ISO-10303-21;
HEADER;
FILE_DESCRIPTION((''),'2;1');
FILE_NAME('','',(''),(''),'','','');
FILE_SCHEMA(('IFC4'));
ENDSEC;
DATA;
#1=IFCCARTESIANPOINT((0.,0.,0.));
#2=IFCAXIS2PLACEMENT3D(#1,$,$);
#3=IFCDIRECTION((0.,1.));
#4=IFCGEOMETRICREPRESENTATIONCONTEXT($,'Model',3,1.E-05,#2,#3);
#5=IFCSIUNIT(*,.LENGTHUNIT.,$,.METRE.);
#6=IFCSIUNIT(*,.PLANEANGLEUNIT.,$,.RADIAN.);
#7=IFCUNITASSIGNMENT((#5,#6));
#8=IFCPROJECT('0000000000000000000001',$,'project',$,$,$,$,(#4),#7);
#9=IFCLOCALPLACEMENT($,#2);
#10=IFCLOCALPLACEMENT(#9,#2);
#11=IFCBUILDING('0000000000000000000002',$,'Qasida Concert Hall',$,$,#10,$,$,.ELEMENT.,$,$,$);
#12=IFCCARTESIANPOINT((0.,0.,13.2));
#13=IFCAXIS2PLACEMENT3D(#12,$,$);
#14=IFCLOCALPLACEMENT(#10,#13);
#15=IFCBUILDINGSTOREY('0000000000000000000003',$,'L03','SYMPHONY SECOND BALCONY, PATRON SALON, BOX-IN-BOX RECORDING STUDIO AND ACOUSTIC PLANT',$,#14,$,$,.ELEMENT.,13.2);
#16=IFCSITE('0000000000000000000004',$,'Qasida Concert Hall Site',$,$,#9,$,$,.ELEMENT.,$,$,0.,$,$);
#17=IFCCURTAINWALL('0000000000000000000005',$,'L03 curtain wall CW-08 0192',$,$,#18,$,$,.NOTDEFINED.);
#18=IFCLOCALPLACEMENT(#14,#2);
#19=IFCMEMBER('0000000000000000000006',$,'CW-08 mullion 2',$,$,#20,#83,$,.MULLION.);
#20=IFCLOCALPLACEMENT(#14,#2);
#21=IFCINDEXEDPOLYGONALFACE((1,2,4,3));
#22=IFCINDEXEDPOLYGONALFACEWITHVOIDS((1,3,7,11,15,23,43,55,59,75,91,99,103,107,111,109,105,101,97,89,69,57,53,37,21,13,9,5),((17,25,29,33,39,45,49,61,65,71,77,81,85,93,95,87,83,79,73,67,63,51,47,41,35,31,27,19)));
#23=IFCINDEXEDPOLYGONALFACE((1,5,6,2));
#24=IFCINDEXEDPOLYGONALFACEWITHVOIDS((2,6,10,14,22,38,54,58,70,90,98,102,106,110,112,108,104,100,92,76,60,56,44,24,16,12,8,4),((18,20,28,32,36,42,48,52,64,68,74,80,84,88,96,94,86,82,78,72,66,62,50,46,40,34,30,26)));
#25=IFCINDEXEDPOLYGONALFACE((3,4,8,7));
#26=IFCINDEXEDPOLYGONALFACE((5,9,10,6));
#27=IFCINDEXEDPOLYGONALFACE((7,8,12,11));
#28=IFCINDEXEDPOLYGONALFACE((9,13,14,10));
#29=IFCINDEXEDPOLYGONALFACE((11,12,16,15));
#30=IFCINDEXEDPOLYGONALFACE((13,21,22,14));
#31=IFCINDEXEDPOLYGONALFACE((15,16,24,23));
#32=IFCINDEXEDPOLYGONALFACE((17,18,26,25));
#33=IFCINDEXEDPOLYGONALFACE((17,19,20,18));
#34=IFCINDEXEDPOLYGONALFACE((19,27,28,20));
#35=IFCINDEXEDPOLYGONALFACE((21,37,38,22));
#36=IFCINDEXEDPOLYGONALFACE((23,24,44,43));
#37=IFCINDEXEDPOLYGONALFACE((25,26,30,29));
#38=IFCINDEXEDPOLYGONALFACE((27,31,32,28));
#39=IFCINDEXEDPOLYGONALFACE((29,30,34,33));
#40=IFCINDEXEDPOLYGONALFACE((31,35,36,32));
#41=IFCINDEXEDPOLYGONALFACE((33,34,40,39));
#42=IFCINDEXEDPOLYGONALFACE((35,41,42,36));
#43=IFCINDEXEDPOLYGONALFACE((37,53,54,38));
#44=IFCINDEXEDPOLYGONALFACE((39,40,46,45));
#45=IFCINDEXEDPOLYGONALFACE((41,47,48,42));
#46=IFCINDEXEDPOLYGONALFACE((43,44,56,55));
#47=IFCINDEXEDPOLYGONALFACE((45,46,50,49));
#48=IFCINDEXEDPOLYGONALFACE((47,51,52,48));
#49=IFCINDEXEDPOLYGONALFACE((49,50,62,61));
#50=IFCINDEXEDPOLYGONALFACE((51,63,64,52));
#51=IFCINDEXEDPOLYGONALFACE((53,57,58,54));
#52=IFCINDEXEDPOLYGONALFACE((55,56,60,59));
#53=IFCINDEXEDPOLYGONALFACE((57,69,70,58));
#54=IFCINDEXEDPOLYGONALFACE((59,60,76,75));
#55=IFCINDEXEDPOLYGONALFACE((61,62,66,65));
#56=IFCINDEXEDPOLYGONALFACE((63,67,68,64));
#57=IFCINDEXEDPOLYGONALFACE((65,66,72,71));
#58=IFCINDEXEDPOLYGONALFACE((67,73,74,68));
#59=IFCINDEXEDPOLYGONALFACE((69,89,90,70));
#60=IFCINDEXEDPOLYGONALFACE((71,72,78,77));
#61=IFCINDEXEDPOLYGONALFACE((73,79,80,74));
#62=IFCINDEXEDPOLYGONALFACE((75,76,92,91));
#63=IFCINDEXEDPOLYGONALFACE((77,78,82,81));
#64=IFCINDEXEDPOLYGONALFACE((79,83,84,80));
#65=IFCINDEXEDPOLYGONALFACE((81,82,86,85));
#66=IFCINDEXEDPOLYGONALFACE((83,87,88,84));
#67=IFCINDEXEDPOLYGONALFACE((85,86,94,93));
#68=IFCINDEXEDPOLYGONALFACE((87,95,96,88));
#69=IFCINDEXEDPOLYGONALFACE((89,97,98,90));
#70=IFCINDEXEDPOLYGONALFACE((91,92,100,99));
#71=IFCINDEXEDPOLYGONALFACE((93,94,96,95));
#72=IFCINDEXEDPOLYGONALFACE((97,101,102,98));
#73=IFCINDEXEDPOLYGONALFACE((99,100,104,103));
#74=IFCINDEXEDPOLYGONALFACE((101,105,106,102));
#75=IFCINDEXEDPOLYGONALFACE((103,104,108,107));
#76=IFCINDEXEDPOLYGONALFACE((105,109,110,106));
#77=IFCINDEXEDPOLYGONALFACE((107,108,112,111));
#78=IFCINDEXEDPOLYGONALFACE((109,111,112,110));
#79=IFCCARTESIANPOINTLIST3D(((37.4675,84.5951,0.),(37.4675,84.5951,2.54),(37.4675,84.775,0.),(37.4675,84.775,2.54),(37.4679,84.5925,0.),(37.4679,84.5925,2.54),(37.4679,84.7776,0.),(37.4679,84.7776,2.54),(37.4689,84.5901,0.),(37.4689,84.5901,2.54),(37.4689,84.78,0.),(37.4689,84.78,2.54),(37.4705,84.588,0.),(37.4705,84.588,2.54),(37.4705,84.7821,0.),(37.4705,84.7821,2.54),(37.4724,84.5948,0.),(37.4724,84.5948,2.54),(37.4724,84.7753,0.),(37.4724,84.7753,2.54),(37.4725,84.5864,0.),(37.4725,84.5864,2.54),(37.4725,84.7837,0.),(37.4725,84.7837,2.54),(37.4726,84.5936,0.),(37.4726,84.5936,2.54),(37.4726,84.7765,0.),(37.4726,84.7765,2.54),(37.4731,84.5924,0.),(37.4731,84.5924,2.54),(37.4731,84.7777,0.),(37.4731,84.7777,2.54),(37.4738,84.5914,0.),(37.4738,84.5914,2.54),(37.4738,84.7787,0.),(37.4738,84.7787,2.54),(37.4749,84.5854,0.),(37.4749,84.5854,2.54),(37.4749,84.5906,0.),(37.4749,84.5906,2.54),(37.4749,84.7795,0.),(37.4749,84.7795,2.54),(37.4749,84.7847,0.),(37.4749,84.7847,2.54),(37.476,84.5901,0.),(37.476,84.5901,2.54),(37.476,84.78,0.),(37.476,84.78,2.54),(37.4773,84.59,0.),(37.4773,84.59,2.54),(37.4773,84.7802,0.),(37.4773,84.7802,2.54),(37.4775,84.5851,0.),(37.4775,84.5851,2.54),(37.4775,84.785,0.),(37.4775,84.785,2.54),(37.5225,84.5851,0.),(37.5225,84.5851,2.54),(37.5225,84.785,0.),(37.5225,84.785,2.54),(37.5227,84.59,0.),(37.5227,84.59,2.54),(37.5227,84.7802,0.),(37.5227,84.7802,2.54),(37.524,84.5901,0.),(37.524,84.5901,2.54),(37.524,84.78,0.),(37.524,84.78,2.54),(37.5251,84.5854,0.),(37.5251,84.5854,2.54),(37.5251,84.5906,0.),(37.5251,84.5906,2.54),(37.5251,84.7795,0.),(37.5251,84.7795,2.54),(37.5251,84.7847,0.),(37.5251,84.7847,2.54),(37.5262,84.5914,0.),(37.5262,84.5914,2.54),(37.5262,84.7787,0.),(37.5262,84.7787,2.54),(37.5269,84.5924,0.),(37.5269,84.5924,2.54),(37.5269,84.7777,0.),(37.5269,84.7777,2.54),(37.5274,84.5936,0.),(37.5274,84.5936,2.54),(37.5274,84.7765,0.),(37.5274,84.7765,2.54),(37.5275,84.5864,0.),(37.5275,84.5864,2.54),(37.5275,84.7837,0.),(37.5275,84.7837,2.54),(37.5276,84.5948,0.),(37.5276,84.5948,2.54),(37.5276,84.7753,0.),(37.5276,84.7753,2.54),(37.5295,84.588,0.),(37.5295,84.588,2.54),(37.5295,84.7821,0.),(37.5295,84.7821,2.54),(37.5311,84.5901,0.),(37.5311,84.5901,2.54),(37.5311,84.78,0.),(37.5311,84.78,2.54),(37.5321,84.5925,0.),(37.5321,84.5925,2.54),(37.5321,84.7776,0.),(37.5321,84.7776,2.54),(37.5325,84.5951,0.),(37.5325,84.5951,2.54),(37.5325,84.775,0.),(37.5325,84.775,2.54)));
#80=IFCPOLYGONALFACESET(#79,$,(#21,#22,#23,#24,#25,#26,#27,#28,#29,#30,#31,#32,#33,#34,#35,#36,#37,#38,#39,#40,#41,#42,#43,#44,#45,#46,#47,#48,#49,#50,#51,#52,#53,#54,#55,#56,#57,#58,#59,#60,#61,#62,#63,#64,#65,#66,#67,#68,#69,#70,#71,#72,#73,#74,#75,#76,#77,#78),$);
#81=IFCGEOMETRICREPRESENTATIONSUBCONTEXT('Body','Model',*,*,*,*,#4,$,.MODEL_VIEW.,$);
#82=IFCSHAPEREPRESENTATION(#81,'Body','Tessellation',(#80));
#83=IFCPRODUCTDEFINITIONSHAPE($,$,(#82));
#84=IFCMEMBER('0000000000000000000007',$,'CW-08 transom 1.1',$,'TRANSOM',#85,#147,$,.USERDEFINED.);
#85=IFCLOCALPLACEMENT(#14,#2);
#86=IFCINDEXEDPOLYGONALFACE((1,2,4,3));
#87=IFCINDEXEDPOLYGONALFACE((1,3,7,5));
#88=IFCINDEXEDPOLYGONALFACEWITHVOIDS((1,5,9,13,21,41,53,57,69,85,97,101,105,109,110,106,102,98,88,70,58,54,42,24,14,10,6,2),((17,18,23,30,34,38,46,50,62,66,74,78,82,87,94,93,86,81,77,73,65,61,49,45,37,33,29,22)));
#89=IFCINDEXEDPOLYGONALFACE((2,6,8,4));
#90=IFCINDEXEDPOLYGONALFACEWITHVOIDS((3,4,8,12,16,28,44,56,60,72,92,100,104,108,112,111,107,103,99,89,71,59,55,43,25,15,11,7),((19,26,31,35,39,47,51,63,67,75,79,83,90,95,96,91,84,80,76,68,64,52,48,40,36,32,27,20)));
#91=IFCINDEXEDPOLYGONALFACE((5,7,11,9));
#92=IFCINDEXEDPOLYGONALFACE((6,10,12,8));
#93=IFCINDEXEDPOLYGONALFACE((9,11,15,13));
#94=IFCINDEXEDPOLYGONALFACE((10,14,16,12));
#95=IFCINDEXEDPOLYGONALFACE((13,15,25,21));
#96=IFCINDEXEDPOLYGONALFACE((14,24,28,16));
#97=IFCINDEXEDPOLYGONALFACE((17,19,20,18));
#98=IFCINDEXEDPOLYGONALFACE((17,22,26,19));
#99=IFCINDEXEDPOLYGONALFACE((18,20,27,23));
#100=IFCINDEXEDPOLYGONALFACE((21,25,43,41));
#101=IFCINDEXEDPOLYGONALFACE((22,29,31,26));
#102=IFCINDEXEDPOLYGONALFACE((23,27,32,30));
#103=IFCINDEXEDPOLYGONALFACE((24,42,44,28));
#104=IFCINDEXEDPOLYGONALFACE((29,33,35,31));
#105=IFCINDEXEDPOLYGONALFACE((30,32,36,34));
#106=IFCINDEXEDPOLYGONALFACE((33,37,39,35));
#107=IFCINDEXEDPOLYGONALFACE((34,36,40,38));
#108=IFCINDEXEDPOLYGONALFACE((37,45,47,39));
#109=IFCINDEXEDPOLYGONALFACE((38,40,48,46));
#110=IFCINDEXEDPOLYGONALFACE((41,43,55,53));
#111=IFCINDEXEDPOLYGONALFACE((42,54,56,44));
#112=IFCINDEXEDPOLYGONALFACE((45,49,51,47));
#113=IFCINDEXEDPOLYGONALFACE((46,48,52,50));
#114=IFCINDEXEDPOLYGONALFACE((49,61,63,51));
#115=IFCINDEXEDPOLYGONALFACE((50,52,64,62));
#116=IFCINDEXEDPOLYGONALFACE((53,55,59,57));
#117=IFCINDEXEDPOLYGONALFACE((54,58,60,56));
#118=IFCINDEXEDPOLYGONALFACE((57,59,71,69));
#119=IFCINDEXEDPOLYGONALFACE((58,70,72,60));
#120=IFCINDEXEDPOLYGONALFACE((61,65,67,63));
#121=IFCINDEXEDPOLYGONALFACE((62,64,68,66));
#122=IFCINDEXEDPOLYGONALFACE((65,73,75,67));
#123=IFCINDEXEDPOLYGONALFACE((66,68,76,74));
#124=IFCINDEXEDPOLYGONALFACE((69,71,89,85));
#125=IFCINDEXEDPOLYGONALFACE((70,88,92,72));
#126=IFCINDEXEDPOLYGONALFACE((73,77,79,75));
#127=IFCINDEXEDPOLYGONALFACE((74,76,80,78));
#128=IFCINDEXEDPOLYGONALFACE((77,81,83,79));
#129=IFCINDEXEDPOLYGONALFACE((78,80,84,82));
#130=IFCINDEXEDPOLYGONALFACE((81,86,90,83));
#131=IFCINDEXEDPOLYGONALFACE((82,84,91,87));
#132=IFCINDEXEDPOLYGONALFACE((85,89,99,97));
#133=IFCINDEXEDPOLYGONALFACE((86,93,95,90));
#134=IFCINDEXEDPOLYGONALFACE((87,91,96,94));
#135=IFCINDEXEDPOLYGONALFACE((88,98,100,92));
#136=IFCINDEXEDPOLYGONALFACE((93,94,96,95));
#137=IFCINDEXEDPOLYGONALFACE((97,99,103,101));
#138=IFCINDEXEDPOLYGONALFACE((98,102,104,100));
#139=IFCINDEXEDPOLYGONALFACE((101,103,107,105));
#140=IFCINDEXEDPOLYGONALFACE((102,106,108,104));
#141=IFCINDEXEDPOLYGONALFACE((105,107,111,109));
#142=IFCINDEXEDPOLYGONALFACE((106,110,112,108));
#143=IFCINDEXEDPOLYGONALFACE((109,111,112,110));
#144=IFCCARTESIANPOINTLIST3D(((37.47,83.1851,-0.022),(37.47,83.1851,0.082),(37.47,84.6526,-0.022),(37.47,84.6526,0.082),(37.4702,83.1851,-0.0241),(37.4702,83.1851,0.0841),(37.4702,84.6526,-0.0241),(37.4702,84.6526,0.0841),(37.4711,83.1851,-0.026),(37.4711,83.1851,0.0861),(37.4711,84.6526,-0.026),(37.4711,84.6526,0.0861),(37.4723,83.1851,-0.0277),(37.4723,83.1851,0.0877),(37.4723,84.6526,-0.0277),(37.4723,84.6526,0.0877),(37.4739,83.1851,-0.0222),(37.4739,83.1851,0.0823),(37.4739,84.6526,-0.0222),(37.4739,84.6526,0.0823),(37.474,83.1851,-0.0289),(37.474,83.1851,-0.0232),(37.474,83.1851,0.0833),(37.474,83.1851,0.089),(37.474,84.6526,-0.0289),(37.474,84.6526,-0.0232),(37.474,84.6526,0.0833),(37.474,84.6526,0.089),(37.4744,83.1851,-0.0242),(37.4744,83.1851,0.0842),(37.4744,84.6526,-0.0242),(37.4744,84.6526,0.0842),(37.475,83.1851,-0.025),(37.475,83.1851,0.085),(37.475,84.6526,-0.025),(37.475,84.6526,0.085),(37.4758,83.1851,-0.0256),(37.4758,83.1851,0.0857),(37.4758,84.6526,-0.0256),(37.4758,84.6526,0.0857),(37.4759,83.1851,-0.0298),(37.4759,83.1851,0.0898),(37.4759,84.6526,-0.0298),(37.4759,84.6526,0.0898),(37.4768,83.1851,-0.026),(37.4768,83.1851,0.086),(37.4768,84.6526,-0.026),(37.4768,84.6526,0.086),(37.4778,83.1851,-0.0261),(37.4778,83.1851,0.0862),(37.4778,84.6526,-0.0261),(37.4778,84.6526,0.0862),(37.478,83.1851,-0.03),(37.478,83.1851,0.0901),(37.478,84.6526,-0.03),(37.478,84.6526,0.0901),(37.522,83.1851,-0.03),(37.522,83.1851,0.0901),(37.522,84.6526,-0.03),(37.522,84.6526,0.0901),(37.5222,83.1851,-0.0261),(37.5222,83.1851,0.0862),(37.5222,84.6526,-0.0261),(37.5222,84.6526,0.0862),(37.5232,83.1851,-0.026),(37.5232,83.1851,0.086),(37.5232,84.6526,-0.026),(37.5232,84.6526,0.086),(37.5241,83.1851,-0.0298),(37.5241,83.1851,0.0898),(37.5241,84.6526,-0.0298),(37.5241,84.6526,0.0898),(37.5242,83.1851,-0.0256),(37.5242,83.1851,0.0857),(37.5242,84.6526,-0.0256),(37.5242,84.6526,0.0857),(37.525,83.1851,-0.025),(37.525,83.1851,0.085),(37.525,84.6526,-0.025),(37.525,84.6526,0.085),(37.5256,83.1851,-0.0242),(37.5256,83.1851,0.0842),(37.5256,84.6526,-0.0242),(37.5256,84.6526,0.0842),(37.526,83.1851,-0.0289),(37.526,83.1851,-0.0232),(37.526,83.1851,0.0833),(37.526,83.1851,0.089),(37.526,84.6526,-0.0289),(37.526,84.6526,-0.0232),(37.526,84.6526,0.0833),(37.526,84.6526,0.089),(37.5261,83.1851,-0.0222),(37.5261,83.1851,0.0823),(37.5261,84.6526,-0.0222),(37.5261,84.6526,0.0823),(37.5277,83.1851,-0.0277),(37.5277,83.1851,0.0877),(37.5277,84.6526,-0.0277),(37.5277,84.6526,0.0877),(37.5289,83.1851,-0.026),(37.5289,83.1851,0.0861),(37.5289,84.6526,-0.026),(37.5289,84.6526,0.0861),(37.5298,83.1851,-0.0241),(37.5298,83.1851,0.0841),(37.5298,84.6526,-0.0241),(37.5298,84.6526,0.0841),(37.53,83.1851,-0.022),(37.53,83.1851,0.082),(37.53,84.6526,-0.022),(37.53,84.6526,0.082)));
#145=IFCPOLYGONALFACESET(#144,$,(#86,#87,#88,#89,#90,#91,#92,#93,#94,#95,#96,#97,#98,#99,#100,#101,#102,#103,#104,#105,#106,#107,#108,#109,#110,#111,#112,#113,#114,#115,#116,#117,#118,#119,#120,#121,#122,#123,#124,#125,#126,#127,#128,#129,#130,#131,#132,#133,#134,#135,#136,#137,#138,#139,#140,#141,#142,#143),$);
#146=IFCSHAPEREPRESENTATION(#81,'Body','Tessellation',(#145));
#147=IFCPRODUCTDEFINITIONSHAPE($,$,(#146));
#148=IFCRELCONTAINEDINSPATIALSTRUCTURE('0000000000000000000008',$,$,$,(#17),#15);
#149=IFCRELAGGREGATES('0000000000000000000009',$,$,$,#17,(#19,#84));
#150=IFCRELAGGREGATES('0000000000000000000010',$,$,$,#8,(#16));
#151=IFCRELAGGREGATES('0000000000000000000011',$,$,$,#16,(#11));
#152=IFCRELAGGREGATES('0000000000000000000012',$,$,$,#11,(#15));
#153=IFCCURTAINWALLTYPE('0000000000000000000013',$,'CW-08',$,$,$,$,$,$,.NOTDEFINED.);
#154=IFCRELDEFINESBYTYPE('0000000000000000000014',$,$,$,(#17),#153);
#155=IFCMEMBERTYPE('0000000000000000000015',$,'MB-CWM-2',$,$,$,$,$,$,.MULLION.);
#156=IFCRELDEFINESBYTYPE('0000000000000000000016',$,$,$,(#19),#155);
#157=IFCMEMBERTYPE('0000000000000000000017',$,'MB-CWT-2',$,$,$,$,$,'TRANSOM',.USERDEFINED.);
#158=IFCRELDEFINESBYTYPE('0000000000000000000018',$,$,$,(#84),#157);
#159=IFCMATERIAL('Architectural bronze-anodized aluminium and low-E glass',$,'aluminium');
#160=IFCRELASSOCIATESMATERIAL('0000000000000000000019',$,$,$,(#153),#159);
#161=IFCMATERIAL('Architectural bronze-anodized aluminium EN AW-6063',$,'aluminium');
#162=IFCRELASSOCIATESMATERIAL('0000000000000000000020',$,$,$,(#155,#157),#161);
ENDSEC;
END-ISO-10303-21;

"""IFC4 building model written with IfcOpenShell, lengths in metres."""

from ifc_helpers import new_model, si_unit, direction, frame, origin, origin_2d, place, context, subcontext, project, spatial, hollow_rectangle, extrude, material, material_profile, profile_set, type_object, element, aggregate, save


model = new_model("IFC4")

# Units and contexts
model_context = context("Model", 3, precision=1e-05, world=origin(), true_north=direction((0.0, 1.0)))
body_context = subcontext(model_context, "Body", "Model", "MODEL_VIEW")
ifc_project = project(units=[si_unit("LENGTHUNIT", "METRE"), si_unit("PLANEANGLEUNIT", "RADIAN")], contexts=[model_context])

# Site, building, storey
site_placement = place(None, origin())
site = spatial("IfcSite", under=ifc_project, at=site_placement, Name="Qasida Concert Hall Site", CompositionType="ELEMENT", RefElevation=0.0)
building_placement = place(site_placement, origin())
building = spatial("IfcBuilding", under=site, at=building_placement, Name="Qasida Concert Hall", CompositionType="ELEMENT")
storey_placement = place(building_placement, frame((0.0, 0.0, 13.2)))
storey = spatial("IfcBuildingStorey", under=building, at=storey_placement, Name="L03", Description="SYMPHONY SECOND BALCONY, PATRON SALON, BOX-IN-BOX RECORDING STUDIO AND ACOUSTIC PLANT", CompositionType="ELEMENT", Elevation=13.2)

# Curtain wall, members
ifc_material_1 = material(Name="Architectural bronze-anodized aluminium and low-E glass", Category="aluminium")
curtain_wall_type = type_object("IfcCurtainWallType", Name="CW-08", PredefinedType="NOTDEFINED", material=ifc_material_1)
curtain_wall_placement = place(storey_placement, origin())
curtain_wall = element("IfcCurtainWall", 1, at=curtain_wall_placement, inside=storey, type_object=curtain_wall_type, Name="L03 curtain wall CW-08 0192", PredefinedType="NOTDEFINED")
ifc_material_2 = material(Name="Architectural bronze-anodized aluminium EN AW-6063", Category="aluminium")
ifc_material_profile_1 = material_profile(ifc_material_2, hollow_rectangle(XDim=0.0649, YDim=0.2, WallThickness=0.0049, InnerFilletRadius=0.0049, OuterFilletRadius=0.01, at=origin_2d()), Name="CWM 200x65x5")
ifc_profile_set_1 = profile_set([ifc_material_profile_1], Name="Architectural bronze-anodized aluminium EN AW-6063")
member_type_1 = type_object("IfcMemberType", Name="MB-CWM-2", PredefinedType="MULLION", material=ifc_profile_set_1)
member_1_placement = place(storey_placement, frame((37.5, 84.6851, 0.0), z_axis=(0.0, 0.0, 1.0), x_axis=(-1.0, 0.0, 0.0)))
member_1 = element("IfcMember", 2, at=member_1_placement, type_object=member_type_1, Name="CW-08 mullion 2", PredefinedType="MULLION", context=body_context, shape_type="SweptSolid", body=[
    extrude(hollow_rectangle(XDim=0.0649, YDim=0.2, WallThickness=0.0049, InnerFilletRadius=0.0049, OuterFilletRadius=0.01, at=origin_2d()), origin(), (0.0, 0.0, 1.0), 2.54),
])
ifc_material_profile_2 = material_profile(ifc_material_2, hollow_rectangle(XDim=0.0601, YDim=0.1201, WallThickness=0.0039, InnerFilletRadius=0.0039, OuterFilletRadius=0.0081, at=origin_2d()), Name="CWT 120x60x4")
ifc_profile_set_2 = profile_set([ifc_material_profile_2], Name="Architectural bronze-anodized aluminium EN AW-6063")
member_type_2 = type_object("IfcMemberType", Name="MB-CWT-2", ElementType="TRANSOM", PredefinedType="USERDEFINED", material=ifc_profile_set_2)
member_2_placement = place(storey_placement, frame((37.5, 83.1851, 0.03), z_axis=(0.0, 1.0, 0.0), x_axis=(-1.0, 0.0, 0.0)))
member_2 = element("IfcMember", 3, at=member_2_placement, type_object=member_type_2, Name="CW-08 transom 1.1", ObjectType="TRANSOM", PredefinedType="USERDEFINED", context=body_context, shape_type="SweptSolid", body=[
    extrude(hollow_rectangle(XDim=0.0601, YDim=0.1201, WallThickness=0.0039, InnerFilletRadius=0.0039, OuterFilletRadius=0.0081, at=origin_2d()), origin(), (0.0, 0.0, 1.0), 1.4675),
])
aggregate(curtain_wall, [member_1, member_2])

save(model, "model.ifc")
